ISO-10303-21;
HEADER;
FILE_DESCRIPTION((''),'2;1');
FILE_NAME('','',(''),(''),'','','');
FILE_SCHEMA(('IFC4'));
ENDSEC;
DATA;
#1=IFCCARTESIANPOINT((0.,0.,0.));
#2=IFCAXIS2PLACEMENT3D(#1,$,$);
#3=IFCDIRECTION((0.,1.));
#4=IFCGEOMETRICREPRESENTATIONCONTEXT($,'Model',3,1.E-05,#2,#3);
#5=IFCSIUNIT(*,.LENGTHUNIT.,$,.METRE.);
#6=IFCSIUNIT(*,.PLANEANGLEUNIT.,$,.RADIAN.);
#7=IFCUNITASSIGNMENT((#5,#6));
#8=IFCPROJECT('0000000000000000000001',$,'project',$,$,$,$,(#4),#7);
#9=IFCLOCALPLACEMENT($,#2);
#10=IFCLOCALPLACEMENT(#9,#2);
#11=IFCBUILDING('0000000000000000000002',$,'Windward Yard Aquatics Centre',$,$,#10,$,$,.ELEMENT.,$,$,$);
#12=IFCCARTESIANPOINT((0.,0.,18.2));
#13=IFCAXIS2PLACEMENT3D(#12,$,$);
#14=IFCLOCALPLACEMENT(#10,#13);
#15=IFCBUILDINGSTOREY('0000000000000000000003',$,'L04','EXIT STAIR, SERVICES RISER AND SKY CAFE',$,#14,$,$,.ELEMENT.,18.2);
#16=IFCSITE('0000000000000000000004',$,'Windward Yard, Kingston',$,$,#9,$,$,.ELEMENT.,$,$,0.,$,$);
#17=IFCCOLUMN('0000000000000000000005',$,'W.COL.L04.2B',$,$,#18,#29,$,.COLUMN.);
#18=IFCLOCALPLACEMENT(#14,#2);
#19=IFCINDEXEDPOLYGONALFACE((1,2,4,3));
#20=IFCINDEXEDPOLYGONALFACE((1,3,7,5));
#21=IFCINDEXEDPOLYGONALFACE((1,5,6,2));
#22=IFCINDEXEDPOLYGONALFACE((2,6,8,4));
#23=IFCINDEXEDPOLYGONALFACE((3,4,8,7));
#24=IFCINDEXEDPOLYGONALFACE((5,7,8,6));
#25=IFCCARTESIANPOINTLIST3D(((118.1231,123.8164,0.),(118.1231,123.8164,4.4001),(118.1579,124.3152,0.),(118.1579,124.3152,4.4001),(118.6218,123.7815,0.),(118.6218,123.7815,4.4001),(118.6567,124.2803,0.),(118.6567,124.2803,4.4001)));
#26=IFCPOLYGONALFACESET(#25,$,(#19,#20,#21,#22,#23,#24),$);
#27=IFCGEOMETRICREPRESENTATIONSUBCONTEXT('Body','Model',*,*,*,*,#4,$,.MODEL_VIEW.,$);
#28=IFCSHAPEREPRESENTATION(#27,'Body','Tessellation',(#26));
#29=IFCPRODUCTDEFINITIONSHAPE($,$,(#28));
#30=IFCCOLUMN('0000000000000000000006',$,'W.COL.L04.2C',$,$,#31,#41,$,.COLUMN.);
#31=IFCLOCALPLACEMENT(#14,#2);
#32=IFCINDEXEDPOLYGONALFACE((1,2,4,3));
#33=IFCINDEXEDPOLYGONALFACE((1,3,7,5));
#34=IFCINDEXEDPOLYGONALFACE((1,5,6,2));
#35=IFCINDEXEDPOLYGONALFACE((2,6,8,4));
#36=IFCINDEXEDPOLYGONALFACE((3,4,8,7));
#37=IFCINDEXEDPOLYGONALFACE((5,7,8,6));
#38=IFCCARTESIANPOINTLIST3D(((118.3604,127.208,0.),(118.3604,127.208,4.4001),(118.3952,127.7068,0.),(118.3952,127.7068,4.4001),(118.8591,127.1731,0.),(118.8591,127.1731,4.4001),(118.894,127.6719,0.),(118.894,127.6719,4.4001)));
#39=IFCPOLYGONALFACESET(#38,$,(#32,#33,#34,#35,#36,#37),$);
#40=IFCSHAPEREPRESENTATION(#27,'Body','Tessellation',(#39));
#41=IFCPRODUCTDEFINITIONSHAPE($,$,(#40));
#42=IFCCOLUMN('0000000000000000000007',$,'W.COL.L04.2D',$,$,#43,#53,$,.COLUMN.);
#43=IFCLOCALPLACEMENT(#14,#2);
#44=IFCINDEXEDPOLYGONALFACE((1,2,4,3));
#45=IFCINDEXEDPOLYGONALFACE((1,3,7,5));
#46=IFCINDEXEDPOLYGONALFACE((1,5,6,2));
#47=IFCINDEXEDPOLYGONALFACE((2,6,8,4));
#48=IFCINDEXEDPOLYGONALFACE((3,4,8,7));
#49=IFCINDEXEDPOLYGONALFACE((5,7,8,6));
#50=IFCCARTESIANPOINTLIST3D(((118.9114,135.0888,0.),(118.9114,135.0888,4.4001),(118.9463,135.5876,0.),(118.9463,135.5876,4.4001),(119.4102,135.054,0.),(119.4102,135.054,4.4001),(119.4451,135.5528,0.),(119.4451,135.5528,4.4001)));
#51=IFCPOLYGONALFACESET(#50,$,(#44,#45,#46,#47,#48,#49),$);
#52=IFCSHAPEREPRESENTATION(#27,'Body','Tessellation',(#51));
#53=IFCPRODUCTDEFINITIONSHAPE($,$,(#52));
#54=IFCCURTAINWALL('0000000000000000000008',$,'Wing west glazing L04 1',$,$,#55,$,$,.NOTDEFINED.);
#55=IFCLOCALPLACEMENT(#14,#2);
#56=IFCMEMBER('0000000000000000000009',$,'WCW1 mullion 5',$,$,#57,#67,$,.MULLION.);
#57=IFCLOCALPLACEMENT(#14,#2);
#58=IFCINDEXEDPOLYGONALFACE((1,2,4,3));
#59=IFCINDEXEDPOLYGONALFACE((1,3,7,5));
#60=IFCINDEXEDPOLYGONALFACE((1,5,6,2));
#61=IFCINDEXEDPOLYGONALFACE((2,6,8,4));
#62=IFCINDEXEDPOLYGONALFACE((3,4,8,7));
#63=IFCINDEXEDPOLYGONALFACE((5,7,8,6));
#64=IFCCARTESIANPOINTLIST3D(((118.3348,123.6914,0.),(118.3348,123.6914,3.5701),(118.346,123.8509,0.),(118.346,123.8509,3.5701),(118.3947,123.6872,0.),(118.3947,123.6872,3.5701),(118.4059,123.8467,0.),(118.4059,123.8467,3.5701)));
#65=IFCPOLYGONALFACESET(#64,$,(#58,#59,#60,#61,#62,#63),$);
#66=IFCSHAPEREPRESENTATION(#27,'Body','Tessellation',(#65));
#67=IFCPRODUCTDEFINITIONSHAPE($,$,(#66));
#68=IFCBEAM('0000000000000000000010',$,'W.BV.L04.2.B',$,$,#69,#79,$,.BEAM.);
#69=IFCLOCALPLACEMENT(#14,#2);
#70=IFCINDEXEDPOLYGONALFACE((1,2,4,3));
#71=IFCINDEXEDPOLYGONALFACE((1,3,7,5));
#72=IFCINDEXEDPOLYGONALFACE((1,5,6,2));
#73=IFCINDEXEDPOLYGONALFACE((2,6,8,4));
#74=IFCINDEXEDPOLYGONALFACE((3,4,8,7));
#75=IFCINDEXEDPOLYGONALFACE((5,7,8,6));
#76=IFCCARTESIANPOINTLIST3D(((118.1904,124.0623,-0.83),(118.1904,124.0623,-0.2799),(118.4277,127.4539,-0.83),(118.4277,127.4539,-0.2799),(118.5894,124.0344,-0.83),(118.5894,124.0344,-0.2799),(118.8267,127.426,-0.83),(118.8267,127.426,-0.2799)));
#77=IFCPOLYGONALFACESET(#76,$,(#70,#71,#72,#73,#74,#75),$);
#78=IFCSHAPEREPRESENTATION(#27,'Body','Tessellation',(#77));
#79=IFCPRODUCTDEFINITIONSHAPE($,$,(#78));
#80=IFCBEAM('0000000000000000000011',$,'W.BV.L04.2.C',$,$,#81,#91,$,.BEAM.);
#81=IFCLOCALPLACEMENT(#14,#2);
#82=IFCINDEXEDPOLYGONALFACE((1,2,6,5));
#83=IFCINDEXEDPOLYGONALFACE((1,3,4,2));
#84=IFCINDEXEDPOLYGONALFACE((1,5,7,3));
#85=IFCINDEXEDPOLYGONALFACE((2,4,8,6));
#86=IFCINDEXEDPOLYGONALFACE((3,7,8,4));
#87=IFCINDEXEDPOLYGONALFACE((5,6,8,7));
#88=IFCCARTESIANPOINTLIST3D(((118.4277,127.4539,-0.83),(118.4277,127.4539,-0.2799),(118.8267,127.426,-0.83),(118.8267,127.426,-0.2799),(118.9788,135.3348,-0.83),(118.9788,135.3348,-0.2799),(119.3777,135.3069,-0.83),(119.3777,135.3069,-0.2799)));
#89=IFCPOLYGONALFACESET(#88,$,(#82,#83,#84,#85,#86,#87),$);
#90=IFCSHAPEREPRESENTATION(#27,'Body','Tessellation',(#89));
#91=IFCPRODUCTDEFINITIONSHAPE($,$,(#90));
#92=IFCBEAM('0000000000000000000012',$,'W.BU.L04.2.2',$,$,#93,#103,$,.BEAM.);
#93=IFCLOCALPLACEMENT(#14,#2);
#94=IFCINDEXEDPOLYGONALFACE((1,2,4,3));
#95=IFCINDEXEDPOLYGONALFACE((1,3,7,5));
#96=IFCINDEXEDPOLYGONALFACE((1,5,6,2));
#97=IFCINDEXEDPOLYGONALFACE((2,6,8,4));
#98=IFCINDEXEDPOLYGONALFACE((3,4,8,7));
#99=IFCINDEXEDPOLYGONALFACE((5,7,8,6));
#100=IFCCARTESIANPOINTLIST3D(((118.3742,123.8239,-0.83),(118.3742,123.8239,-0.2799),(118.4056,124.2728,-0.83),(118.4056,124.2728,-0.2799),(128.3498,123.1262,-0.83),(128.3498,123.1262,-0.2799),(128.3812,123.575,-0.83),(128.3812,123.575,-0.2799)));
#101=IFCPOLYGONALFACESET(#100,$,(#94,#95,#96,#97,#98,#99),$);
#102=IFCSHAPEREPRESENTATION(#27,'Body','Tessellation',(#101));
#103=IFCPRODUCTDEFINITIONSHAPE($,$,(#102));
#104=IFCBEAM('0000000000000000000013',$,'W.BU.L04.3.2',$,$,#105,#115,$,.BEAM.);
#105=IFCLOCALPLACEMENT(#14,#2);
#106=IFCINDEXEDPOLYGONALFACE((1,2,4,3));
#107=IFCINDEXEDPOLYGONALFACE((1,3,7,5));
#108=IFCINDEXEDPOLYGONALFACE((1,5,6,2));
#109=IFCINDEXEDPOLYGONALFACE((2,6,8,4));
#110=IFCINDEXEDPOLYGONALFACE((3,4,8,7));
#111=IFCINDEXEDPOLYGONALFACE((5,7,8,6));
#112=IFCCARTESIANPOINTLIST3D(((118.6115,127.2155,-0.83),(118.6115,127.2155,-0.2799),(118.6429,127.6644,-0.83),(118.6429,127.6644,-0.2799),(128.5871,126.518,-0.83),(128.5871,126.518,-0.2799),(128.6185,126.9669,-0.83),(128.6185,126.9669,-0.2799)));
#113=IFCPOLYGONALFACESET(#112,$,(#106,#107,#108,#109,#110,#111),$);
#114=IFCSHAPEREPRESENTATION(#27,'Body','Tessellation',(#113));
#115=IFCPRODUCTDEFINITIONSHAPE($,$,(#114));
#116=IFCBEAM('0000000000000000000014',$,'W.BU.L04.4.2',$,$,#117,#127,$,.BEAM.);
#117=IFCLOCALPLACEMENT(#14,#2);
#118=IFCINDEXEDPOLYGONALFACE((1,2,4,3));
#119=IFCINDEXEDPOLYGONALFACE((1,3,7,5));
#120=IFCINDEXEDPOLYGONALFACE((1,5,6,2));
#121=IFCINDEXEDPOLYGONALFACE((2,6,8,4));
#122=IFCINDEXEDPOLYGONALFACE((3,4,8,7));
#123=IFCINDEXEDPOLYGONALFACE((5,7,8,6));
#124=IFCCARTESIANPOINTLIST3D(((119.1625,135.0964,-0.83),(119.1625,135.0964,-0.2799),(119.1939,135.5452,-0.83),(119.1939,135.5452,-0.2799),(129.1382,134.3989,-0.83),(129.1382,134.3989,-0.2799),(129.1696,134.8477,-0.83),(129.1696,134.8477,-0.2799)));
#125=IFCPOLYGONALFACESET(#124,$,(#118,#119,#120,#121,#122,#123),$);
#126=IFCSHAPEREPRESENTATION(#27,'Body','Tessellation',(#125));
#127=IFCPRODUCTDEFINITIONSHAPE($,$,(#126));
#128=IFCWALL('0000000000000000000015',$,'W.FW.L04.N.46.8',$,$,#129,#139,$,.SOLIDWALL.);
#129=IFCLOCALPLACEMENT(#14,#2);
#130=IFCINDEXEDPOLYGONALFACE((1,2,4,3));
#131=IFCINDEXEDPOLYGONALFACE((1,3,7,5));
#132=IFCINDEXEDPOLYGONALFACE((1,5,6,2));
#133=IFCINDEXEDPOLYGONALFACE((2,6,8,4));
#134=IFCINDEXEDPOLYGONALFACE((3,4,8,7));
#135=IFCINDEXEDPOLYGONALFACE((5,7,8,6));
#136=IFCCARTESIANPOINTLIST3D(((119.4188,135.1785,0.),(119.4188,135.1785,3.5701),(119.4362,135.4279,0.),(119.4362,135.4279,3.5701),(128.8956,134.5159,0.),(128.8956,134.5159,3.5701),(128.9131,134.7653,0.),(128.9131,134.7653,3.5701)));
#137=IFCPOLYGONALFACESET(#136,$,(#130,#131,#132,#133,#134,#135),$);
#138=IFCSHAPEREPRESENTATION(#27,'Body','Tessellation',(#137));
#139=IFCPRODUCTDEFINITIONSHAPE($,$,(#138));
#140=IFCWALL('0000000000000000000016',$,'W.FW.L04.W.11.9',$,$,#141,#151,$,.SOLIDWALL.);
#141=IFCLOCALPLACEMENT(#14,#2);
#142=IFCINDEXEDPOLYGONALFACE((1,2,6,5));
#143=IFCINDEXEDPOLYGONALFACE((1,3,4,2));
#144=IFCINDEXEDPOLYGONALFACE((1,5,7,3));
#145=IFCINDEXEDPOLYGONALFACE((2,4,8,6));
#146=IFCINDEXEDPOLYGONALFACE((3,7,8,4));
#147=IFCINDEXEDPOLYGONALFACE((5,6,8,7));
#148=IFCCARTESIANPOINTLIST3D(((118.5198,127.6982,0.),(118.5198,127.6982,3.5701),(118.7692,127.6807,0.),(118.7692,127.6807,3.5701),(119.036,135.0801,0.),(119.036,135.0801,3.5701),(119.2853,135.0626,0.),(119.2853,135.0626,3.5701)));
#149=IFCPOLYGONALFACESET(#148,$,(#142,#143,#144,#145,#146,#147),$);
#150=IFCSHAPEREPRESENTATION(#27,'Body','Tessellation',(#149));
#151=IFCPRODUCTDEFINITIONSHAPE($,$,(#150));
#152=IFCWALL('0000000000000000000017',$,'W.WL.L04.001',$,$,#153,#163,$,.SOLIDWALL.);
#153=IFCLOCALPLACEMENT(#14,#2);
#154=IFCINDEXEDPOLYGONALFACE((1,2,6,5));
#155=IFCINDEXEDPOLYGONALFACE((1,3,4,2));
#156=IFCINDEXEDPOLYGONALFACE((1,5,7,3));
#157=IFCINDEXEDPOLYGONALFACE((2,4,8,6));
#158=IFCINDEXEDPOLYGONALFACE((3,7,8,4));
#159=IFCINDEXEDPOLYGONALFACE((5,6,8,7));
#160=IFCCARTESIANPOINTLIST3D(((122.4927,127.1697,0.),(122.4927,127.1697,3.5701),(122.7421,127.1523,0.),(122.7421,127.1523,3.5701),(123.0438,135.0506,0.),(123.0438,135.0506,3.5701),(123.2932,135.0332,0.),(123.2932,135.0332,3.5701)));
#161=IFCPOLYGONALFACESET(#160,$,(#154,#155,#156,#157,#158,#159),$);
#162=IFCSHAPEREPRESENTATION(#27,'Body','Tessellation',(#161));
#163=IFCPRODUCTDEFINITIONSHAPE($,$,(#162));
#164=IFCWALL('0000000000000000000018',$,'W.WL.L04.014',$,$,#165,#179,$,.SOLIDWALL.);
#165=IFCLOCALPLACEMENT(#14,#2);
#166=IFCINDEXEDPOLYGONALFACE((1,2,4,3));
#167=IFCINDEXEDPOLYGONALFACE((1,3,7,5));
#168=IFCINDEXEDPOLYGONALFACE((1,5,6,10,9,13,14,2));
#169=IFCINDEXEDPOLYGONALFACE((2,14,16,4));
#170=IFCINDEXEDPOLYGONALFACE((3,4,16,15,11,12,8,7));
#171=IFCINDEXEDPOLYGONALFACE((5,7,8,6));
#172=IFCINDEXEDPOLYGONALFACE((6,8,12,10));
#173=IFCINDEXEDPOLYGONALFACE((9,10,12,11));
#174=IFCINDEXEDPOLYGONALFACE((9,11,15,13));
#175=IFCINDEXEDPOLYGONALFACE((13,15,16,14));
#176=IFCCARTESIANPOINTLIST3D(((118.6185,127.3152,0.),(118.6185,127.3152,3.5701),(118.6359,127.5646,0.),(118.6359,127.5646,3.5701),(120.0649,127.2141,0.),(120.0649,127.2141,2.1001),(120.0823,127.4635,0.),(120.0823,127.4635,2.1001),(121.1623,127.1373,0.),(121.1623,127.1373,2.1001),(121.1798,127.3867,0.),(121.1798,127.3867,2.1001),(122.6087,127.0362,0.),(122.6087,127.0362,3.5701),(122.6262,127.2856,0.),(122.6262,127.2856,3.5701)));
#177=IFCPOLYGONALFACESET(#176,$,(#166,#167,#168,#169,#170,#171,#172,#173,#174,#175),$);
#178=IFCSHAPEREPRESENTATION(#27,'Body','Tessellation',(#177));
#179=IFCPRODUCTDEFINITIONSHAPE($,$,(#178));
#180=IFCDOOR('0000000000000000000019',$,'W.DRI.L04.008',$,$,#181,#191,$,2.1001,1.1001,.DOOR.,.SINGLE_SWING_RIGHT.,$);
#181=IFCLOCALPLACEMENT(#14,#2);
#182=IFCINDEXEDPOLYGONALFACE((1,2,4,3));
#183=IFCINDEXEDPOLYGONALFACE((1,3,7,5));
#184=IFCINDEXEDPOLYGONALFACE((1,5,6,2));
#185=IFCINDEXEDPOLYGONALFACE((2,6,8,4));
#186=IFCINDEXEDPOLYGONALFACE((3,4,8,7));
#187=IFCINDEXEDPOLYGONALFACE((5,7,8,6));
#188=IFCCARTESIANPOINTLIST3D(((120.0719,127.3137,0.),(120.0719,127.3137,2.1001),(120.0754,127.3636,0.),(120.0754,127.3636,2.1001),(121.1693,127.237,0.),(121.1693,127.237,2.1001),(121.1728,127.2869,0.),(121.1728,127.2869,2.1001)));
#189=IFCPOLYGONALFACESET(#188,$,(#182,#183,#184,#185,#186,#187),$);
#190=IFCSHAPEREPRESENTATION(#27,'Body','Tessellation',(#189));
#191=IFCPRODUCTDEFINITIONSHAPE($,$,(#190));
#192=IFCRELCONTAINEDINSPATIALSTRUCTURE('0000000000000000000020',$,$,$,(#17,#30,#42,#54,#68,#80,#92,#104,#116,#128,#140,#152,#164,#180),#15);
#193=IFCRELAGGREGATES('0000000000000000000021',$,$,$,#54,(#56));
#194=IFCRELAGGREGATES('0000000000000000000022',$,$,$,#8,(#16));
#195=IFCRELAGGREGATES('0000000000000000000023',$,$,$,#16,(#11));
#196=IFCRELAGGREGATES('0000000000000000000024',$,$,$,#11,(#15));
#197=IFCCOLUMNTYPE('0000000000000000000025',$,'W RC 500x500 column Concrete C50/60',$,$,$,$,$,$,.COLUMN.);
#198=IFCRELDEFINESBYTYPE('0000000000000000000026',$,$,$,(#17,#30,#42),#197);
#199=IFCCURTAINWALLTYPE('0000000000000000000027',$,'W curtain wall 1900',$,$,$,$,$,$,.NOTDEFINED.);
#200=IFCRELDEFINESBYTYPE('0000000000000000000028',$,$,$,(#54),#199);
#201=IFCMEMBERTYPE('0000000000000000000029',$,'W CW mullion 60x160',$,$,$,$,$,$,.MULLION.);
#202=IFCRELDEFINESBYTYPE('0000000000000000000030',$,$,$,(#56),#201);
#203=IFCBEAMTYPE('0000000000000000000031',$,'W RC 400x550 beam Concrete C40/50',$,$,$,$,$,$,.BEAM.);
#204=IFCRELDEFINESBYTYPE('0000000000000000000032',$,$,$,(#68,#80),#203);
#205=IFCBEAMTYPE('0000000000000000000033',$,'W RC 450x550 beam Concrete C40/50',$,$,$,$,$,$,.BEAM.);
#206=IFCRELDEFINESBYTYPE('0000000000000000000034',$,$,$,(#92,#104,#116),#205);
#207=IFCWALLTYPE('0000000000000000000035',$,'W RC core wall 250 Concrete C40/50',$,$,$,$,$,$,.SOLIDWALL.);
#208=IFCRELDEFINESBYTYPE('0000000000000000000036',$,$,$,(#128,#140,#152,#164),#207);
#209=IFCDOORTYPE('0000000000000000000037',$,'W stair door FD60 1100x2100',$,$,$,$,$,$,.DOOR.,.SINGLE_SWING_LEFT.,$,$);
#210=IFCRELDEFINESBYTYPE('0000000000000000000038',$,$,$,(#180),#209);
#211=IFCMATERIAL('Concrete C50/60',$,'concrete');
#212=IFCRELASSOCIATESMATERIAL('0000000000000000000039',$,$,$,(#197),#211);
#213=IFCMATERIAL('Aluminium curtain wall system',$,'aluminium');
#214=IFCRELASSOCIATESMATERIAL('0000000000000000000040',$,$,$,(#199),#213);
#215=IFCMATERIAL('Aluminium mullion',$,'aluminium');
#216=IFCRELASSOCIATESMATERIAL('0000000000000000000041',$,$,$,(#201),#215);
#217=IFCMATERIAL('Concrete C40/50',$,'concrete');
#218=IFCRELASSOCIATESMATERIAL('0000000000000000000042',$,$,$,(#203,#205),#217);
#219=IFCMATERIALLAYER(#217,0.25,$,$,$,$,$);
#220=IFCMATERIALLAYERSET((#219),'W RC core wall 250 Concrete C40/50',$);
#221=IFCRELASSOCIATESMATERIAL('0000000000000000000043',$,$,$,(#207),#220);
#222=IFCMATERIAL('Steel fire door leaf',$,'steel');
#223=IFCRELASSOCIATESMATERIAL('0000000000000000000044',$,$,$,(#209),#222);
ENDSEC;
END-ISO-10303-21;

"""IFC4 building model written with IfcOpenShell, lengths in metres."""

from ifc_helpers import new_model, si_unit, direction, frame, frame_2d, origin, origin_2d, place, context, subcontext, project, spatial, rectangle, extrude, material, layer, layer_set, material_profile, profile_set, type_object, element, fill, aggregate, save


model = new_model("IFC4")

# Units and contexts
model_context = context("Model", 3, precision=1e-05, world=origin(), true_north=direction((0.0, 1.0)))
body_context = subcontext(model_context, "Body", "Model", "MODEL_VIEW")
ifc_project = project(units=[si_unit("LENGTHUNIT", "METRE"), si_unit("PLANEANGLEUNIT", "RADIAN")], contexts=[model_context])

# Site, building, storey
site_placement = place(None, origin())
site = spatial("IfcSite", under=ifc_project, at=site_placement, Name="Windward Yard, Kingston", CompositionType="ELEMENT", RefElevation=0.0)
building_placement = place(site_placement, origin())
building = spatial("IfcBuilding", under=site, at=building_placement, Name="Windward Yard Aquatics Centre", CompositionType="ELEMENT")
storey_placement = place(building_placement, frame((0.0, 0.0, 18.2)))
storey = spatial("IfcBuildingStorey", under=building, at=storey_placement, Name="L04", Description="EXIT STAIR, SERVICES RISER AND SKY CAFE", CompositionType="ELEMENT", Elevation=18.2)

# Columns
ifc_material_1 = material(Name="Concrete C50/60", Category="concrete")
ifc_material_profile_1 = material_profile(ifc_material_1, rectangle(XDim=0.5, YDim=0.5, at=origin_2d()), Name="RC 500x500")
ifc_profile_set_1 = profile_set([ifc_material_profile_1], Name="Concrete C50/60")
column_type = type_object("IfcColumnType", Name="W RC 500x500 column Concrete C50/60", PredefinedType="COLUMN", material=ifc_profile_set_1)
for number, where, z_axis, x_axis, name in (
    (1, (118.3899, 124.0483, 0.0), (0.0, 0.0, 1.0), (0.997564, -0.069756, 0.0), "W.COL.L04.2B"),
    (2, (118.6272, 127.4399, 0.0), (0.0, 0.0, 1.0), (0.997564, -0.069756, 0.0), "W.COL.L04.2C"),
    (3, (119.1782, 135.3208, 0.0), (0.0, 0.0, 1.0), (0.997564, -0.069756, 0.0), "W.COL.L04.2D"),
):
    element("IfcColumn", number, at=place(storey_placement, frame(where, z_axis=z_axis, x_axis=x_axis)), inside=storey, type_object=column_type, Name=name, PredefinedType="COLUMN", context=body_context, shape_type="SweptSolid", body=[
        extrude(rectangle(XDim=0.5, YDim=0.5, at=origin_2d()), origin(), (0.0, 0.0, 1.0), 4.4001),
    ])

# Curtain wall, member
ifc_material_2 = material(Name="Aluminium curtain wall system", Category="aluminium")
curtain_wall_type = type_object("IfcCurtainWallType", Name="W curtain wall 1900", PredefinedType="NOTDEFINED", material=ifc_material_2)
curtain_wall_placement = place(storey_placement, origin())
curtain_wall = element("IfcCurtainWall", 4, at=curtain_wall_placement, inside=storey, type_object=curtain_wall_type, Name="Wing west glazing L04 1", PredefinedType="NOTDEFINED")
ifc_material_3 = material(Name="Aluminium mullion", Category="aluminium")
ifc_material_profile_2 = material_profile(ifc_material_3, rectangle(XDim=0.0601, YDim=0.1599, at=origin_2d()), Name="AL 60x160")
ifc_profile_set_2 = profile_set([ifc_material_profile_2], Name="Aluminium mullion")
member_type = type_object("IfcMemberType", Name="W CW mullion 60x160", PredefinedType="MULLION", material=ifc_profile_set_2)
member_placement = place(storey_placement, frame((118.3704, 123.769, 0.0), z_axis=(0.0, 0.0, 1.0), x_axis=(-0.997564, 0.069757, 0.0)))
member = element("IfcMember", 5, at=member_placement, type_object=member_type, Name="WCW1 mullion 5", PredefinedType="MULLION", context=body_context, shape_type="SweptSolid", body=[
    extrude(rectangle(XDim=0.0601, YDim=0.1599, at=origin_2d()), origin(), (0.0, 0.0, 1.0), 3.5701),
])
aggregate(curtain_wall, [member])

# Beams
ifc_material_4 = material(Name="Concrete C40/50", Category="concrete")
ifc_material_profile_3 = material_profile(ifc_material_4, rectangle(XDim=0.3999, YDim=0.55, at=origin_2d()), Name="RC 400x550")
ifc_profile_set_3 = profile_set([ifc_material_profile_3], Name="Concrete C40/50")
beam_type_1 = type_object("IfcBeamType", Name="W RC 400x550 beam Concrete C40/50", PredefinedType="BEAM", material=ifc_profile_set_3)
beam_1_placement = place(storey_placement, frame((118.3899, 124.0483, -0.5549), z_axis=(0.069798, 0.997561, 0.0), x_axis=(-0.997561, 0.069798, 0.0)))
element("IfcBeam", 6, at=beam_1_placement, inside=storey, type_object=beam_type_1, Name="W.BV.L04.2.B", PredefinedType="BEAM", context=body_context, shape_type="SweptSolid", body=[
    extrude(rectangle(XDim=0.3999, YDim=0.55, at=origin_2d()), origin(), (0.0, 0.0, 1.0), 3.3999),
])
beam_2_placement = place(storey_placement, frame((118.6272, 127.4399, -0.5549), z_axis=(0.069749, 0.997565, 0.0), x_axis=(-0.997565, 0.069749, 0.0)))
element("IfcBeam", 7, at=beam_2_placement, inside=storey, type_object=beam_type_1, Name="W.BV.L04.2.C", PredefinedType="BEAM", context=body_context, shape_type="SweptSolid", body=[
    extrude(rectangle(XDim=0.3999, YDim=0.55, at=origin_2d()), origin(), (0.0, 0.0, 1.0), 7.9001),
])
ifc_material_profile_4 = material_profile(ifc_material_4, rectangle(XDim=0.45, YDim=0.55, at=origin_2d()), Name="RC 450x550")
ifc_profile_set_4 = profile_set([ifc_material_profile_4], Name="Concrete C40/50")
beam_type_2 = type_object("IfcBeamType", Name="W RC 450x550 beam Concrete C40/50", PredefinedType="BEAM", material=ifc_profile_set_4)
for number, where, z_axis, x_axis, name in (
    (8, (118.3899, 124.0483, -0.5549), (0.997563, -0.069776, 0.0), (0.069776, 0.997563, 0.0), "W.BU.L04.2.2"),
    (9, (118.6272, 127.4399, -0.5549), (0.997564, -0.069751, 0.0), (0.069751, 0.997564, 0.0), "W.BU.L04.3.2"),
    (10, (119.1782, 135.3208, -0.5549), (0.997564, -0.069751, 0.0), (0.069751, 0.997564, 0.0), "W.BU.L04.4.2"),
):
    element("IfcBeam", number, at=place(storey_placement, frame(where, z_axis=z_axis, x_axis=x_axis)), inside=storey, type_object=beam_type_2, Name=name, PredefinedType="BEAM", context=body_context, shape_type="SweptSolid", body=[
        extrude(rectangle(XDim=0.45, YDim=0.55, at=origin_2d()), origin(), (0.0, 0.0, 1.0), 10.0),
    ])

# Walls
ifc_layer_1 = layer(ifc_material_4, 0.25)
ifc_layer_set_1 = layer_set([ifc_layer_1], Name="W RC core wall 250 Concrete C40/50")
wall_type_1 = type_object("IfcWallType", Name="W RC core wall 250 Concrete C40/50", PredefinedType="SOLIDWALL", material=ifc_layer_set_1)
wall_1_placement = place(storey_placement, frame((119.4275, 135.3032, 0.0), z_axis=(0.0, 0.0, 1.0), x_axis=(0.997565, -0.069748, 0.0)))
element("IfcWall", 11, at=wall_1_placement, inside=storey, type_object=wall_type_1, Name="W.FW.L04.N.46.8", PredefinedType="SOLIDWALL", context=body_context, shape_type="SweptSolid", body=[
    extrude(rectangle(XDim=9.5, YDim=0.25, at=frame_2d((4.75, 0.0))), origin(), (0.0, 0.0, 1.0), 3.5701),
])
wall_2_placement = place(storey_placement, frame((118.6445, 127.6895, 0.0), z_axis=(0.0, 0.0, 1.0), x_axis=(0.069746, 0.997565, 0.0)))
element("IfcWall", 12, at=wall_2_placement, inside=storey, type_object=wall_type_1, Name="W.FW.L04.W.11.9", PredefinedType="SOLIDWALL", context=body_context, shape_type="SweptSolid", body=[
    extrude(rectangle(XDim=7.3999, YDim=0.25, at=frame_2d((3.7, 0.0))), origin(), (0.0, 0.0, 1.0), 3.5701),
])
wall_3_placement = place(storey_placement, frame((122.6174, 127.1609, 0.0), z_axis=(0.0, 0.0, 1.0), x_axis=(0.069749, 0.997565, 0.0)))
element("IfcWall", 13, at=wall_3_placement, inside=storey, type_object=wall_type_1, Name="W.WL.L04.001", PredefinedType="SOLIDWALL", context=body_context, shape_type="SweptSolid", body=[
    extrude(rectangle(XDim=7.9001, YDim=0.25, at=frame_2d((3.9502, 0.0))), origin(), (0.0, 0.0, 1.0), 3.5701),
])

# Wall, opening, door
wall_4_placement = place(storey_placement, frame((118.6272, 127.4399, 0.0), z_axis=(0.0, 0.0, 1.0), x_axis=(0.997564, -0.069764, 0.0)))
wall_4 = element("IfcWall", 14, at=wall_4_placement, inside=storey, type_object=wall_type_1, Name="W.WL.L04.014", PredefinedType="SOLIDWALL", context=body_context, shape_type="SweptSolid", body=[
    extrude(rectangle(XDim=4.0, YDim=0.25, at=frame_2d((2.0, 0.0))), origin(), (0.0, 0.0, 1.0), 3.5701),
])
opening_1_placement = place(wall_4_placement, frame((1.45, 0.0, 0.0)))
opening_1 = element("IfcOpeningElement", 15, at=opening_1_placement, cuts=wall_4, PredefinedType="OPENING", context=body_context, shape_type="SweptSolid", body=[
    extrude(rectangle(XDim=1.1001, YDim=2.1001, at=frame_2d((0.55, 1.05))), frame((0.0, 0.135, 0.0), z_axis=(0.0, -1.0, 0.0), x_axis=(1.0, 0.0, 0.0)), (0.0, 0.0, 1.0), 0.27),
])
ifc_material_5 = material(Name="Steel fire door leaf", Category="steel")
door_type_1 = type_object("IfcDoorType", Name="W stair door FD60 1100x2100", OperationType="SINGLE_SWING_LEFT", PredefinedType="DOOR", material=ifc_material_5)
door_1_placement = place(opening_1_placement, origin())
door_1 = element("IfcDoor", 16, at=door_1_placement, inside=storey, type_object=door_type_1, Name="W.DRI.L04.008", OperationType="SINGLE_SWING_RIGHT", OverallHeight=2.1001, OverallWidth=1.1001, PredefinedType="DOOR", context=body_context, shape_type="SweptSolid", body=[
    extrude(rectangle(XDim=1.1001, YDim=2.1001, at=frame_2d((0.55, 1.05))), frame((0.0, 0.0249, 0.0), z_axis=(0.0, -1.0, 0.0), x_axis=(1.0, 0.0, 0.0)), (0.0, 0.0, 1.0), 0.05),
])
fill(opening_1, door_1)

save(model, "model.ifc")
